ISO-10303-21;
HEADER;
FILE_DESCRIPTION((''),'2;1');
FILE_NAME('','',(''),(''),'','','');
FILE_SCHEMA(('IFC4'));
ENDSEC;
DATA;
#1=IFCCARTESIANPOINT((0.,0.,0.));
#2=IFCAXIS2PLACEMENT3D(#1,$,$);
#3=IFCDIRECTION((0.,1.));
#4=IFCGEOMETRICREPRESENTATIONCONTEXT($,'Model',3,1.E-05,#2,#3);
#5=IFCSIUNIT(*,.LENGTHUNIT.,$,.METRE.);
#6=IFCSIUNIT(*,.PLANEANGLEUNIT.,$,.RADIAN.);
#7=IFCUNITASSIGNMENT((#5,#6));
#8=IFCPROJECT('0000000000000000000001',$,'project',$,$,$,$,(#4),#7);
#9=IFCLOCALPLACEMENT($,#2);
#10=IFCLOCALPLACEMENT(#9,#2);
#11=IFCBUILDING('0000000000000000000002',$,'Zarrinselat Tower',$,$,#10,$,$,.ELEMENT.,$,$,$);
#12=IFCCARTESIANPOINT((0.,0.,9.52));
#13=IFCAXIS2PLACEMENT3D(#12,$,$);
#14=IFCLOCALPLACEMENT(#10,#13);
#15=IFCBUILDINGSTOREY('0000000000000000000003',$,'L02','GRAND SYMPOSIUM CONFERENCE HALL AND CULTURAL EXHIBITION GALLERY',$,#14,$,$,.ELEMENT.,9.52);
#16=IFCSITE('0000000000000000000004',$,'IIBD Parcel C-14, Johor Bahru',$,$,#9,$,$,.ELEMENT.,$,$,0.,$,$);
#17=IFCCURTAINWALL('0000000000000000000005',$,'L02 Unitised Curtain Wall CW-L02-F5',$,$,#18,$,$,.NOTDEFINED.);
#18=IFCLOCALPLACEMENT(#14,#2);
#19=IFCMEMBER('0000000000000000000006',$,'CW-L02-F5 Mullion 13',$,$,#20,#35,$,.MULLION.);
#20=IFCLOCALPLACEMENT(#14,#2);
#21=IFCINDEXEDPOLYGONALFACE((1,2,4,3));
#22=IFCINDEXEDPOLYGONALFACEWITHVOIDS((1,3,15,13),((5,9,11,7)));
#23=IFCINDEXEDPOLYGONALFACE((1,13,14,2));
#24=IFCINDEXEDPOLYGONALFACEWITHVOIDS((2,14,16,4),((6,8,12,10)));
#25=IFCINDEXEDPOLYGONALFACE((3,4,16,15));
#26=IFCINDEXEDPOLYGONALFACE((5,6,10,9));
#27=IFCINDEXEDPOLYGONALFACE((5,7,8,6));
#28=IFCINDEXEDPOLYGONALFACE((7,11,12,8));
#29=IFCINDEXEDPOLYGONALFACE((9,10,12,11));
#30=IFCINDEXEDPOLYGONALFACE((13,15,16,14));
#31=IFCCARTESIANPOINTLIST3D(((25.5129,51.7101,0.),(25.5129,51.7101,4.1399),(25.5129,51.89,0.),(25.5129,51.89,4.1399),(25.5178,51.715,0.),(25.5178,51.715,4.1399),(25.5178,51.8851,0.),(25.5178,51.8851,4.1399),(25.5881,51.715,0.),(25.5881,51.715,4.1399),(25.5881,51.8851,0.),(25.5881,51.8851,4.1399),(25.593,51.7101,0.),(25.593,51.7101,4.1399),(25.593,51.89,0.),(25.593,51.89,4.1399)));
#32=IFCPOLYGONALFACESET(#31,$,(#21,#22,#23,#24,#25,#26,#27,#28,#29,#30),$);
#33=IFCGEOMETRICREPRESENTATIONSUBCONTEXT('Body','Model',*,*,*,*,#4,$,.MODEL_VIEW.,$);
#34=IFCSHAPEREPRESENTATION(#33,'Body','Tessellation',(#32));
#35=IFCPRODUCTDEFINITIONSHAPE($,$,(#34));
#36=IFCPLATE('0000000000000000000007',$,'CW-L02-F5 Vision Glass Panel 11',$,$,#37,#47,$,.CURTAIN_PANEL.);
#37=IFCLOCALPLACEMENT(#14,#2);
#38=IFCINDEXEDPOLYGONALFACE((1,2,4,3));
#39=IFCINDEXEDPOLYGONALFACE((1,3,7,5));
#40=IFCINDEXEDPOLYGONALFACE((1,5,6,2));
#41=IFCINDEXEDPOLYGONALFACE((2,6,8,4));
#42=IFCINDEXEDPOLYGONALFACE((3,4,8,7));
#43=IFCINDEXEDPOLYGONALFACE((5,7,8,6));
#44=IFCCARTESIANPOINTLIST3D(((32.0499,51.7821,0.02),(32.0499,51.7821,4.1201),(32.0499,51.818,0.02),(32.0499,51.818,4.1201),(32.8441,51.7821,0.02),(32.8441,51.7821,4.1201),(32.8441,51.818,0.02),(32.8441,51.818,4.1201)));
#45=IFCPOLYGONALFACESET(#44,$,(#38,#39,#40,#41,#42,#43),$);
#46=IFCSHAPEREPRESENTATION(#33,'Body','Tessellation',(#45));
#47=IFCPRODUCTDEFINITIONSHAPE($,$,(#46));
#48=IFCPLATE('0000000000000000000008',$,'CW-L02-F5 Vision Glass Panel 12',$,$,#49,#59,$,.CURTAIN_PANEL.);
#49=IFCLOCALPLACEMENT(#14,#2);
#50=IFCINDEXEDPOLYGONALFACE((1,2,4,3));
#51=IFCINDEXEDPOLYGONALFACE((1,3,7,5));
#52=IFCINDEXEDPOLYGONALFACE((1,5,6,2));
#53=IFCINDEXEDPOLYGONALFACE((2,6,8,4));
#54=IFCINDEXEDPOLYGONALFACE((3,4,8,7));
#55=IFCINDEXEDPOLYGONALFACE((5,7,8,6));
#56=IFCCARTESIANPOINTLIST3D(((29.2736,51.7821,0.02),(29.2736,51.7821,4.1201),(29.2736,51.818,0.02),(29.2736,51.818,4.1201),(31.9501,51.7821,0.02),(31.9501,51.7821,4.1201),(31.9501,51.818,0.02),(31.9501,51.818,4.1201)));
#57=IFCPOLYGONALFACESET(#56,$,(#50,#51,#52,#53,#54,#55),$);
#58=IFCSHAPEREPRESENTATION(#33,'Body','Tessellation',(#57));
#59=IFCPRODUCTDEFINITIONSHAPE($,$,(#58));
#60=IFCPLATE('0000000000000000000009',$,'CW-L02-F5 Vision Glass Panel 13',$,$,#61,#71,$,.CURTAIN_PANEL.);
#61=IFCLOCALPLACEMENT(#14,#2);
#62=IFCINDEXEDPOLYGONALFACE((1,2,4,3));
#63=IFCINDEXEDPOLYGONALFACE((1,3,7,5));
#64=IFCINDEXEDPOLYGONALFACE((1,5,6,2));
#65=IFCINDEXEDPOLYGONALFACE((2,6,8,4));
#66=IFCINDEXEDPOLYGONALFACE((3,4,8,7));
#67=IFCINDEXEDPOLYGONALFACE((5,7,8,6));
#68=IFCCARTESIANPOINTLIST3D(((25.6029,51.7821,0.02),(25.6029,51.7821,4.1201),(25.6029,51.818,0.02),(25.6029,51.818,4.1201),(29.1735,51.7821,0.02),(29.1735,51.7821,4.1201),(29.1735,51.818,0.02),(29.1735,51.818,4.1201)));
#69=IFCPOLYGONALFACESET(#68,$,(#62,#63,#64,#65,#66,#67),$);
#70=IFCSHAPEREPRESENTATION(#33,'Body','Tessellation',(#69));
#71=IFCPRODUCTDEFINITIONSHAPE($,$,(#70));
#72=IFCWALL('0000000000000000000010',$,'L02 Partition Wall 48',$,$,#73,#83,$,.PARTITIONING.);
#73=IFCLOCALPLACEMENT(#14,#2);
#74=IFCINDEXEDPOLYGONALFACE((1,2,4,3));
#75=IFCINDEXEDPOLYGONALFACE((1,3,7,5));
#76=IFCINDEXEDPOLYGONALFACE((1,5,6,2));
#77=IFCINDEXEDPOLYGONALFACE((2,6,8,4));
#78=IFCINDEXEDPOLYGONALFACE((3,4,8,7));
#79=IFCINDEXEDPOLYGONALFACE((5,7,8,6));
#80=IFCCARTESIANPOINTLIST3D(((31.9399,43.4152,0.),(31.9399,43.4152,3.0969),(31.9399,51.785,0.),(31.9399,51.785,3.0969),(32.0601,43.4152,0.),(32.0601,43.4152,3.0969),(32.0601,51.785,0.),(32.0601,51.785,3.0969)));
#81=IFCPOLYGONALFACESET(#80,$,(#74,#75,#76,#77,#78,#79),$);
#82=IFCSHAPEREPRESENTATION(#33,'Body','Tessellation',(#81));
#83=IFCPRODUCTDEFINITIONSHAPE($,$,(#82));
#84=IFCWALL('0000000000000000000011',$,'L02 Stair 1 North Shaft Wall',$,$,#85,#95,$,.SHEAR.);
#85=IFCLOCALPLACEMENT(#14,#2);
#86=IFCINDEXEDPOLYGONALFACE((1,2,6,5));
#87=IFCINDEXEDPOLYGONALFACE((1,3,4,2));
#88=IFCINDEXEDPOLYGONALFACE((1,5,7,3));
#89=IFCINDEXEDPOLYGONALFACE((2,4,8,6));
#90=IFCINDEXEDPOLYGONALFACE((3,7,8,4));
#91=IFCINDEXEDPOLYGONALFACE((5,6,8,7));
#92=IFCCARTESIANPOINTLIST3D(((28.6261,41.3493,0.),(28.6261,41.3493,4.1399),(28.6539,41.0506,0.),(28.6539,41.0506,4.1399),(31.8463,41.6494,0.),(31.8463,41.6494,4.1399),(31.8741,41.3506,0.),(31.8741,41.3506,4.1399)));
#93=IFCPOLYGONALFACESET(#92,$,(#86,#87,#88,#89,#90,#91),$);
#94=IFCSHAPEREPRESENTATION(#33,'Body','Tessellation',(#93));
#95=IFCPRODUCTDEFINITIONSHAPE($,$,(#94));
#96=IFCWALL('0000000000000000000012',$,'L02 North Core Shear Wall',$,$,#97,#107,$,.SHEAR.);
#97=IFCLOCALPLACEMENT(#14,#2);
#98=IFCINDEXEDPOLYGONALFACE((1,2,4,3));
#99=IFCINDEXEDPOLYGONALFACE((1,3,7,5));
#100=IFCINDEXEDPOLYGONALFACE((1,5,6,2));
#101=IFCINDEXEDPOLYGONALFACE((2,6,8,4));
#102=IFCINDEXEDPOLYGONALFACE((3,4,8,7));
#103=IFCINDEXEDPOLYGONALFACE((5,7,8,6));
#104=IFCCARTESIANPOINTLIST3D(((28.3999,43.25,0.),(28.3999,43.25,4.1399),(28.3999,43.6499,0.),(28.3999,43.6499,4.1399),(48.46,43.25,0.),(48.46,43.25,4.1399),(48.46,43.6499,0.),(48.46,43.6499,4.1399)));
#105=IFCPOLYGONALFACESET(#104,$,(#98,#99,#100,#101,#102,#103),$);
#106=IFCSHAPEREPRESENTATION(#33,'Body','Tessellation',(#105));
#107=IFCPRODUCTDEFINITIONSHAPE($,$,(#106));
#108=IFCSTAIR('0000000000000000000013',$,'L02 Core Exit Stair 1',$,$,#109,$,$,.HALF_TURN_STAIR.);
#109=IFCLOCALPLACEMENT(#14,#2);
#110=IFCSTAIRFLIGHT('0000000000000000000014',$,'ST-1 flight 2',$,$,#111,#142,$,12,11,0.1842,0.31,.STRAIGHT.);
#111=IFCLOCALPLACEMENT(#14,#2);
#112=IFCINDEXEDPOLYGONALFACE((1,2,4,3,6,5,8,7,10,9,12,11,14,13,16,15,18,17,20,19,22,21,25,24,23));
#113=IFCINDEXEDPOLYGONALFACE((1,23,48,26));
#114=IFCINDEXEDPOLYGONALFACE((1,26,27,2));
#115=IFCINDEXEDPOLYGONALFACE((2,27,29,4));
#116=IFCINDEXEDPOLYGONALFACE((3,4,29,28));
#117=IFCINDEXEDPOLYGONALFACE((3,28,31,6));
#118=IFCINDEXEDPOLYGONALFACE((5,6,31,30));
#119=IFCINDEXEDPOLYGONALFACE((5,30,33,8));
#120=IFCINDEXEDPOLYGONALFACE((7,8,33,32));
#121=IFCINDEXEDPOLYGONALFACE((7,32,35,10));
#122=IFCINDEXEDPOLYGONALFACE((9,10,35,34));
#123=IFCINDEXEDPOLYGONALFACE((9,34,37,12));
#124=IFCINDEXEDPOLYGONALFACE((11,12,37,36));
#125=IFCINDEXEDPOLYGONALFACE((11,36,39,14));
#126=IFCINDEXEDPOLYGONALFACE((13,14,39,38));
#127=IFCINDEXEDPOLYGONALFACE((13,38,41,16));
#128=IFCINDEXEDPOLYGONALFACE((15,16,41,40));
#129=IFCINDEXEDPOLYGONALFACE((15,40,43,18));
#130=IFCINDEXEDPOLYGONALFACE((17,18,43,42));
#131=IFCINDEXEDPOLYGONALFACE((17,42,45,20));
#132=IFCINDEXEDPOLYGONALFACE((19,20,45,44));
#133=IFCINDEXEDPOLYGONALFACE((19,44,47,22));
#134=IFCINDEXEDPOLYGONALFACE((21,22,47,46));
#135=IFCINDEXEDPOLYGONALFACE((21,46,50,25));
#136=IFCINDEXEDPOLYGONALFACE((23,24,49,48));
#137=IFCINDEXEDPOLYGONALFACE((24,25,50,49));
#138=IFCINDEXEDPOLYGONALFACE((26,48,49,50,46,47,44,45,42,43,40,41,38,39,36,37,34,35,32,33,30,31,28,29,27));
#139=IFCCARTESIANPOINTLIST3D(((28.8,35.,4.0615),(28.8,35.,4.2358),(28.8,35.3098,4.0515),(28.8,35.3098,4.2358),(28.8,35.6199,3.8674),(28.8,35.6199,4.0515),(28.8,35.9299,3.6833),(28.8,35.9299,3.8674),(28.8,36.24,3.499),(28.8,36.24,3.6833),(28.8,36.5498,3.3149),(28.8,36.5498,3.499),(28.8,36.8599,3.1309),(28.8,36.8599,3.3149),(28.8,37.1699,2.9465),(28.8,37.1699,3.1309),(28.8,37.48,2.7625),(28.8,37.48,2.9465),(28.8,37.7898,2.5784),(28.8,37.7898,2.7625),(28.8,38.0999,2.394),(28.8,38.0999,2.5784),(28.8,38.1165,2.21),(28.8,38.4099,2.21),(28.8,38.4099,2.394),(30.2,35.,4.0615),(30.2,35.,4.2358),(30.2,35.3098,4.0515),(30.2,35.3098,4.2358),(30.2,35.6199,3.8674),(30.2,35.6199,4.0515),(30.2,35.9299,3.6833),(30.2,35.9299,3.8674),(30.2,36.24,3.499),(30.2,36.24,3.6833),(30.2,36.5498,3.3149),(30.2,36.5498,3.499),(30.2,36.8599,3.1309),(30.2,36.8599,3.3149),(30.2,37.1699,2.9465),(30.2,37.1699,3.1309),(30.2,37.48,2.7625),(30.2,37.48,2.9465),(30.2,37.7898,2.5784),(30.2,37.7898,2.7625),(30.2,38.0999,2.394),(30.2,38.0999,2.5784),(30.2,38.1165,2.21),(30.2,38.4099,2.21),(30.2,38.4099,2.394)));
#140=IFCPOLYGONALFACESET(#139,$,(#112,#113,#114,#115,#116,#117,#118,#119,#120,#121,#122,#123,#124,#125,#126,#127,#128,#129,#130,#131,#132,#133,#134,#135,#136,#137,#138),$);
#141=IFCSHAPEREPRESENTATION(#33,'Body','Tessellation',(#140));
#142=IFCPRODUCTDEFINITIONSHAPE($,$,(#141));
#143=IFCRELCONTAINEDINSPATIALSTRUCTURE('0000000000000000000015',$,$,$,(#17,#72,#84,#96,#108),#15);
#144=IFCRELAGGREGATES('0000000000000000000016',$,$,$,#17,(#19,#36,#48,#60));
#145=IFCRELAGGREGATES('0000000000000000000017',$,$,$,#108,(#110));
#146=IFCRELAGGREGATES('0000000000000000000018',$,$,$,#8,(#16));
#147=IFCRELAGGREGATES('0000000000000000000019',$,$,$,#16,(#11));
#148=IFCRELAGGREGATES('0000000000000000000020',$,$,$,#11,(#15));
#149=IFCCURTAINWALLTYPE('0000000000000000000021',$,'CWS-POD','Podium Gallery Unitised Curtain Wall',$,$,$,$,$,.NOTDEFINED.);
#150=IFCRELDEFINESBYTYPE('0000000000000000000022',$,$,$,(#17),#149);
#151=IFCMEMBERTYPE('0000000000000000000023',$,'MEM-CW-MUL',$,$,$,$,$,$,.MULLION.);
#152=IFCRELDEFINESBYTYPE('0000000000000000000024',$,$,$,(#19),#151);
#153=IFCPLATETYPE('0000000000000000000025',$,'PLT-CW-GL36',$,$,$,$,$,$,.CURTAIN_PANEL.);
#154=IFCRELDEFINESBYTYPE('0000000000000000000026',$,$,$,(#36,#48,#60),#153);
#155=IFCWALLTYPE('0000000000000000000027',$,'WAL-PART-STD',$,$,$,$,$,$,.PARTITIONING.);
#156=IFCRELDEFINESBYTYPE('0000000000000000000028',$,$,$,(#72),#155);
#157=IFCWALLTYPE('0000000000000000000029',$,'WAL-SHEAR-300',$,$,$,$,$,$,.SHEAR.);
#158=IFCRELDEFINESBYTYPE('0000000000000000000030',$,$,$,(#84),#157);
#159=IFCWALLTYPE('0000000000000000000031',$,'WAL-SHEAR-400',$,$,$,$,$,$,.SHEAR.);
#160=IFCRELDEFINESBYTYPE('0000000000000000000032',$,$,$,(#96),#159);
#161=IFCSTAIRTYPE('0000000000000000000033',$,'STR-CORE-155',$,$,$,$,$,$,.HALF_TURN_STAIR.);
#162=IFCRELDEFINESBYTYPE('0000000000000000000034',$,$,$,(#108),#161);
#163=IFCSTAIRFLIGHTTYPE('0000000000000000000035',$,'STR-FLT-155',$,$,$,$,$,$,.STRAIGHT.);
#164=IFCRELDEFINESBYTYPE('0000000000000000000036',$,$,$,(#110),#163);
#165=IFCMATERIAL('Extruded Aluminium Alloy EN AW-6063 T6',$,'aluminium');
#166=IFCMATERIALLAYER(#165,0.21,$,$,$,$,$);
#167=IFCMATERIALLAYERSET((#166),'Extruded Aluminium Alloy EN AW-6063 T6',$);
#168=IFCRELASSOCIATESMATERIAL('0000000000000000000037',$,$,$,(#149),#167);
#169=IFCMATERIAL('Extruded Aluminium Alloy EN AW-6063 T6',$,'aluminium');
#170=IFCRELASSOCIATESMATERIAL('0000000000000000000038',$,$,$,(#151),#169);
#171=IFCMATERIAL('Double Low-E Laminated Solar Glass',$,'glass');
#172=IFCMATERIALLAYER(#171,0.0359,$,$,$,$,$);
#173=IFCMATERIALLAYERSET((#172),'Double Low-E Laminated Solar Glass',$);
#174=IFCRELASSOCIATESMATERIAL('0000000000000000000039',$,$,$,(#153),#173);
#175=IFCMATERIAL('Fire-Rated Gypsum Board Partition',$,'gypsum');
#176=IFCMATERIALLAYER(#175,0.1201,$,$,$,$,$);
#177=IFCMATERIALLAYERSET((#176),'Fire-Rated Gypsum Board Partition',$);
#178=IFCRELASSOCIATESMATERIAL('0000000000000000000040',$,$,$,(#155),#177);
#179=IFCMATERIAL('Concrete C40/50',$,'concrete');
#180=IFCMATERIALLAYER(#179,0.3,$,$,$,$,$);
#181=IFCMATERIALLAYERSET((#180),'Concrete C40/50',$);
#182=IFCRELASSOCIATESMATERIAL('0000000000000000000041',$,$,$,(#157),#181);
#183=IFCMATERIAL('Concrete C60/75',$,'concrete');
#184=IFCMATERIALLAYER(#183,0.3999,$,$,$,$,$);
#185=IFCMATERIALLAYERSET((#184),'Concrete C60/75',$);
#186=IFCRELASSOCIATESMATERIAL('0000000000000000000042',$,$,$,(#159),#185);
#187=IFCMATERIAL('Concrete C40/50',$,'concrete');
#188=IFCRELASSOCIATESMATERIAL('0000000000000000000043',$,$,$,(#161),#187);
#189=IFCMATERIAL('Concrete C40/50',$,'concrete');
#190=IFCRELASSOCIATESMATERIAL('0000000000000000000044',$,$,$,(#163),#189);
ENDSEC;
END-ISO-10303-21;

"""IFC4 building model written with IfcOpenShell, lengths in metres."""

from ifc_helpers import new_model, si_unit, direction, frame, frame_2d, origin, origin_2d, place, context, subcontext, project, spatial, polyline, rectangle, hollow_rectangle, outline, extrude, material, layer, layer_set, material_profile, profile_set, type_object, element, aggregate, save


model = new_model("IFC4")

# Units and contexts
model_context = context("Model", 3, precision=1e-05, world=origin(), true_north=direction((0.0, 1.0)))
body_context = subcontext(model_context, "Body", "Model", "MODEL_VIEW")
ifc_project = project(units=[si_unit("LENGTHUNIT", "METRE"), si_unit("PLANEANGLEUNIT", "RADIAN")], contexts=[model_context])

# Site, building, storey
site_placement = place(None, origin())
site = spatial("IfcSite", under=ifc_project, at=site_placement, Name="IIBD Parcel C-14, Johor Bahru", CompositionType="ELEMENT", RefElevation=0.0)
building_placement = place(site_placement, origin())
building = spatial("IfcBuilding", under=site, at=building_placement, Name="Zarrinselat Tower", CompositionType="ELEMENT")
storey_placement = place(building_placement, frame((0.0, 0.0, 9.52)))
storey = spatial("IfcBuildingStorey", under=building, at=storey_placement, Name="L02", Description="GRAND SYMPOSIUM CONFERENCE HALL AND CULTURAL EXHIBITION GALLERY", CompositionType="ELEMENT", Elevation=9.52)

# Curtain wall, member, plates
ifc_material_1 = material(Name="Extruded Aluminium Alloy EN AW-6063 T6", Category="aluminium")
ifc_layer_1 = layer(ifc_material_1, 0.21)
ifc_layer_set_1 = layer_set([ifc_layer_1], Name="Extruded Aluminium Alloy EN AW-6063 T6")
curtain_wall_type = type_object("IfcCurtainWallType", Name="CWS-POD", Description="Podium Gallery Unitised Curtain Wall", PredefinedType="NOTDEFINED", material=ifc_layer_set_1)
curtain_wall_placement = place(storey_placement, origin())
curtain_wall = element("IfcCurtainWall", 1, at=curtain_wall_placement, inside=storey, type_object=curtain_wall_type, Name="L02 Unitised Curtain Wall CW-L02-F5", PredefinedType="NOTDEFINED")
ifc_material_2 = material(Name="Extruded Aluminium Alloy EN AW-6063 T6", Category="aluminium")
ifc_material_profile_1 = material_profile(ifc_material_2, hollow_rectangle(XDim=0.0801, YDim=0.1799, WallThickness=0.0049, at=origin_2d()), Name="RHS 180x80x5")
ifc_profile_set_1 = profile_set([ifc_material_profile_1], Name="Extruded Aluminium Alloy EN AW-6063 T6")
member_type = type_object("IfcMemberType", Name="MEM-CW-MUL", PredefinedType="MULLION", material=ifc_profile_set_1)
member_1_placement = place(storey_placement, frame((25.553, 51.8, 0.0), z_axis=(0.0, 0.0, 1.0), x_axis=(-1.0, 0.0, 0.0)))
member_1 = element("IfcMember", 2, at=member_1_placement, type_object=member_type, Name="CW-L02-F5 Mullion 13", PredefinedType="MULLION", context=body_context, shape_type="SweptSolid", body=[
    extrude(hollow_rectangle(XDim=0.0801, YDim=0.1799, WallThickness=0.0049, at=origin_2d()), origin(), (0.0, 0.0, 1.0), 4.1399),
])
ifc_material_3 = material(Name="Double Low-E Laminated Solar Glass", Category="glass")
ifc_layer_2 = layer(ifc_material_3, 0.0359)
ifc_layer_set_2 = layer_set([ifc_layer_2], Name="Double Low-E Laminated Solar Glass")
plate_type = type_object("IfcPlateType", Name="PLT-CW-GL36", PredefinedType="CURTAIN_PANEL", material=ifc_layer_set_2)
plate_1_placement = place(storey_placement, frame((32.447, 51.8, 0.02), z_axis=(0.0, 0.0, 1.0), x_axis=(-1.0, 0.0, 0.0)))
plate_1 = element("IfcPlate", 3, at=plate_1_placement, type_object=plate_type, Name="CW-L02-F5 Vision Glass Panel 11", PredefinedType="CURTAIN_PANEL", context=body_context, shape_type="SweptSolid", body=[
    extrude(rectangle(XDim=0.7942, YDim=0.0359, at=origin_2d()), origin(), (0.0, 0.0, 1.0), 4.1001),
])
plate_2_placement = place(storey_placement, frame((30.6118, 51.8, 0.02), z_axis=(0.0, 0.0, 1.0), x_axis=(-1.0, 0.0, 0.0)))
plate_2 = element("IfcPlate", 4, at=plate_2_placement, type_object=plate_type, Name="CW-L02-F5 Vision Glass Panel 12", PredefinedType="CURTAIN_PANEL", context=body_context, shape_type="SweptSolid", body=[
    extrude(rectangle(XDim=2.6765, YDim=0.0359, at=origin_2d()), origin(), (0.0, 0.0, 1.0), 4.1001),
])
plate_3_placement = place(storey_placement, frame((27.3882, 51.8, 0.02), z_axis=(0.0, 0.0, 1.0), x_axis=(-1.0, 0.0, 0.0)))
plate_3 = element("IfcPlate", 5, at=plate_3_placement, type_object=plate_type, Name="CW-L02-F5 Vision Glass Panel 13", PredefinedType="CURTAIN_PANEL", context=body_context, shape_type="SweptSolid", body=[
    extrude(rectangle(XDim=3.5706, YDim=0.0359, at=origin_2d()), origin(), (0.0, 0.0, 1.0), 4.1001),
])
aggregate(curtain_wall, [member_1, plate_1, plate_2, plate_3])

# Walls
ifc_material_4 = material(Name="Fire-Rated Gypsum Board Partition", Category="gypsum")
ifc_layer_3 = layer(ifc_material_4, 0.1201)
ifc_layer_set_3 = layer_set([ifc_layer_3], Name="Fire-Rated Gypsum Board Partition")
wall_type_1 = type_object("IfcWallType", Name="WAL-PART-STD", PredefinedType="PARTITIONING", material=ifc_layer_set_3)
wall_1_placement = place(storey_placement, frame((32.0, 43.415, 0.0), z_axis=(0.0, 0.0, 1.0), x_axis=(0.0, 1.0, 0.0)))
element("IfcWall", 6, at=wall_1_placement, inside=storey, type_object=wall_type_1, Name="L02 Partition Wall 48", PredefinedType="PARTITIONING", context=body_context, shape_type="SweptSolid", body=[
    extrude(rectangle(XDim=8.3699, YDim=0.1201, at=frame_2d((4.1851, 0.0))), origin(), (0.0, 0.0, 1.0), 3.0969),
])
ifc_material_5 = material(Name="Concrete C40/50", Category="concrete")
ifc_layer_4 = layer(ifc_material_5, 0.3)
ifc_layer_set_4 = layer_set([ifc_layer_4], Name="Concrete C40/50")
wall_type_2 = type_object("IfcWallType", Name="WAL-SHEAR-300", PredefinedType="SHEAR", material=ifc_layer_set_4)
wall_2_placement = place(storey_placement, frame((28.6399, 41.2, 0.0), z_axis=(0.0, 0.0, 1.0), x_axis=(0.995687, 0.092775, 0.0)))
element("IfcWall", 7, at=wall_2_placement, inside=storey, type_object=wall_type_2, Name="L02 Stair 1 North Shaft Wall", PredefinedType="SHEAR", context=body_context, shape_type="SweptSolid", body=[
    extrude(rectangle(XDim=3.2341, YDim=0.3, at=frame_2d((1.6172, 0.0))), origin(), (0.0, 0.0, 1.0), 4.1399),
])
ifc_material_6 = material(Name="Concrete C60/75", Category="concrete")
ifc_layer_5 = layer(ifc_material_6, 0.3999)
ifc_layer_set_5 = layer_set([ifc_layer_5], Name="Concrete C60/75")
wall_type_3 = type_object("IfcWallType", Name="WAL-SHEAR-400", PredefinedType="SHEAR", material=ifc_layer_set_5)
wall_3_placement = place(storey_placement, frame((28.3999, 43.45, 0.0), z_axis=(0.0, 0.0, 1.0), x_axis=(1.0, 0.0, 0.0)))
element("IfcWall", 8, at=wall_3_placement, inside=storey, type_object=wall_type_3, Name="L02 North Core Shear Wall", PredefinedType="SHEAR", context=body_context, shape_type="SweptSolid", body=[
    extrude(rectangle(XDim=20.0601, YDim=0.3999, at=frame_2d((10.03, 0.0))), origin(), (0.0, 0.0, 1.0), 4.1399),
])

# Stair, stair flight
ifc_material_7 = material(Name="Concrete C40/50", Category="concrete")
stair_type = type_object("IfcStairType", Name="STR-CORE-155", PredefinedType="HALF_TURN_STAIR", material=ifc_material_7)
stair_placement = place(storey_placement, origin())
stair = element("IfcStair", 9, at=stair_placement, inside=storey, type_object=stair_type, Name="L02 Core Exit Stair 1", PredefinedType="HALF_TURN_STAIR")
ifc_material_8 = material(Name="Concrete C40/50", Category="concrete")
stair_flight_type = type_object("IfcStairFlightType", Name="STR-FLT-155", PredefinedType="STRAIGHT", material=ifc_material_8)
stair_flight_placement = place(storey_placement, frame((29.5, 38.4099, 2.21), z_axis=(0.0, 0.0, 1.0), x_axis=(0.0, -1.0, 0.0)))
stair_flight = element("IfcStairFlight", 10, at=stair_flight_placement, type_object=stair_flight_type, Name="ST-1 flight 2", NumberOfRisers=12, NumberOfTreads=11, PredefinedType="STRAIGHT", RiserHeight=0.1842, TreadLength=0.31, context=body_context, shape_type="SweptSolid", body=[
    extrude(outline(polyline([(0.0, 0.0), (0.0, 0.1841), (0.3101, 0.1841), (0.3101, 0.3684), (0.6201, 0.3684), (0.6201, 0.5525), (0.9299, 0.5525), (0.9299, 0.7366), (1.24, 0.7366), (1.24, 0.9209), (1.55, 0.9209), (1.55, 1.105), (1.8601, 1.105), (1.8601, 1.2891), (2.1699, 1.2891), (2.1699, 1.4734), (2.48, 1.4734), (2.48, 1.6575), (2.79, 1.6575), (2.79, 1.8416), (3.1001, 1.8416), (3.1001, 2.0259), (3.4099, 2.0259), (3.4099, 2.21), (3.4099, 1.8516), (0.2935, 0.0), (0.0, 0.0)])), frame((0.0, 0.7, 0.0), z_axis=(0.0, -1.0, 0.0), x_axis=(1.0, 0.0, 0.0)), (0.0, 0.0, 1.0), 1.3999),
])
aggregate(stair, [stair_flight])

save(model, "model.ifc")
